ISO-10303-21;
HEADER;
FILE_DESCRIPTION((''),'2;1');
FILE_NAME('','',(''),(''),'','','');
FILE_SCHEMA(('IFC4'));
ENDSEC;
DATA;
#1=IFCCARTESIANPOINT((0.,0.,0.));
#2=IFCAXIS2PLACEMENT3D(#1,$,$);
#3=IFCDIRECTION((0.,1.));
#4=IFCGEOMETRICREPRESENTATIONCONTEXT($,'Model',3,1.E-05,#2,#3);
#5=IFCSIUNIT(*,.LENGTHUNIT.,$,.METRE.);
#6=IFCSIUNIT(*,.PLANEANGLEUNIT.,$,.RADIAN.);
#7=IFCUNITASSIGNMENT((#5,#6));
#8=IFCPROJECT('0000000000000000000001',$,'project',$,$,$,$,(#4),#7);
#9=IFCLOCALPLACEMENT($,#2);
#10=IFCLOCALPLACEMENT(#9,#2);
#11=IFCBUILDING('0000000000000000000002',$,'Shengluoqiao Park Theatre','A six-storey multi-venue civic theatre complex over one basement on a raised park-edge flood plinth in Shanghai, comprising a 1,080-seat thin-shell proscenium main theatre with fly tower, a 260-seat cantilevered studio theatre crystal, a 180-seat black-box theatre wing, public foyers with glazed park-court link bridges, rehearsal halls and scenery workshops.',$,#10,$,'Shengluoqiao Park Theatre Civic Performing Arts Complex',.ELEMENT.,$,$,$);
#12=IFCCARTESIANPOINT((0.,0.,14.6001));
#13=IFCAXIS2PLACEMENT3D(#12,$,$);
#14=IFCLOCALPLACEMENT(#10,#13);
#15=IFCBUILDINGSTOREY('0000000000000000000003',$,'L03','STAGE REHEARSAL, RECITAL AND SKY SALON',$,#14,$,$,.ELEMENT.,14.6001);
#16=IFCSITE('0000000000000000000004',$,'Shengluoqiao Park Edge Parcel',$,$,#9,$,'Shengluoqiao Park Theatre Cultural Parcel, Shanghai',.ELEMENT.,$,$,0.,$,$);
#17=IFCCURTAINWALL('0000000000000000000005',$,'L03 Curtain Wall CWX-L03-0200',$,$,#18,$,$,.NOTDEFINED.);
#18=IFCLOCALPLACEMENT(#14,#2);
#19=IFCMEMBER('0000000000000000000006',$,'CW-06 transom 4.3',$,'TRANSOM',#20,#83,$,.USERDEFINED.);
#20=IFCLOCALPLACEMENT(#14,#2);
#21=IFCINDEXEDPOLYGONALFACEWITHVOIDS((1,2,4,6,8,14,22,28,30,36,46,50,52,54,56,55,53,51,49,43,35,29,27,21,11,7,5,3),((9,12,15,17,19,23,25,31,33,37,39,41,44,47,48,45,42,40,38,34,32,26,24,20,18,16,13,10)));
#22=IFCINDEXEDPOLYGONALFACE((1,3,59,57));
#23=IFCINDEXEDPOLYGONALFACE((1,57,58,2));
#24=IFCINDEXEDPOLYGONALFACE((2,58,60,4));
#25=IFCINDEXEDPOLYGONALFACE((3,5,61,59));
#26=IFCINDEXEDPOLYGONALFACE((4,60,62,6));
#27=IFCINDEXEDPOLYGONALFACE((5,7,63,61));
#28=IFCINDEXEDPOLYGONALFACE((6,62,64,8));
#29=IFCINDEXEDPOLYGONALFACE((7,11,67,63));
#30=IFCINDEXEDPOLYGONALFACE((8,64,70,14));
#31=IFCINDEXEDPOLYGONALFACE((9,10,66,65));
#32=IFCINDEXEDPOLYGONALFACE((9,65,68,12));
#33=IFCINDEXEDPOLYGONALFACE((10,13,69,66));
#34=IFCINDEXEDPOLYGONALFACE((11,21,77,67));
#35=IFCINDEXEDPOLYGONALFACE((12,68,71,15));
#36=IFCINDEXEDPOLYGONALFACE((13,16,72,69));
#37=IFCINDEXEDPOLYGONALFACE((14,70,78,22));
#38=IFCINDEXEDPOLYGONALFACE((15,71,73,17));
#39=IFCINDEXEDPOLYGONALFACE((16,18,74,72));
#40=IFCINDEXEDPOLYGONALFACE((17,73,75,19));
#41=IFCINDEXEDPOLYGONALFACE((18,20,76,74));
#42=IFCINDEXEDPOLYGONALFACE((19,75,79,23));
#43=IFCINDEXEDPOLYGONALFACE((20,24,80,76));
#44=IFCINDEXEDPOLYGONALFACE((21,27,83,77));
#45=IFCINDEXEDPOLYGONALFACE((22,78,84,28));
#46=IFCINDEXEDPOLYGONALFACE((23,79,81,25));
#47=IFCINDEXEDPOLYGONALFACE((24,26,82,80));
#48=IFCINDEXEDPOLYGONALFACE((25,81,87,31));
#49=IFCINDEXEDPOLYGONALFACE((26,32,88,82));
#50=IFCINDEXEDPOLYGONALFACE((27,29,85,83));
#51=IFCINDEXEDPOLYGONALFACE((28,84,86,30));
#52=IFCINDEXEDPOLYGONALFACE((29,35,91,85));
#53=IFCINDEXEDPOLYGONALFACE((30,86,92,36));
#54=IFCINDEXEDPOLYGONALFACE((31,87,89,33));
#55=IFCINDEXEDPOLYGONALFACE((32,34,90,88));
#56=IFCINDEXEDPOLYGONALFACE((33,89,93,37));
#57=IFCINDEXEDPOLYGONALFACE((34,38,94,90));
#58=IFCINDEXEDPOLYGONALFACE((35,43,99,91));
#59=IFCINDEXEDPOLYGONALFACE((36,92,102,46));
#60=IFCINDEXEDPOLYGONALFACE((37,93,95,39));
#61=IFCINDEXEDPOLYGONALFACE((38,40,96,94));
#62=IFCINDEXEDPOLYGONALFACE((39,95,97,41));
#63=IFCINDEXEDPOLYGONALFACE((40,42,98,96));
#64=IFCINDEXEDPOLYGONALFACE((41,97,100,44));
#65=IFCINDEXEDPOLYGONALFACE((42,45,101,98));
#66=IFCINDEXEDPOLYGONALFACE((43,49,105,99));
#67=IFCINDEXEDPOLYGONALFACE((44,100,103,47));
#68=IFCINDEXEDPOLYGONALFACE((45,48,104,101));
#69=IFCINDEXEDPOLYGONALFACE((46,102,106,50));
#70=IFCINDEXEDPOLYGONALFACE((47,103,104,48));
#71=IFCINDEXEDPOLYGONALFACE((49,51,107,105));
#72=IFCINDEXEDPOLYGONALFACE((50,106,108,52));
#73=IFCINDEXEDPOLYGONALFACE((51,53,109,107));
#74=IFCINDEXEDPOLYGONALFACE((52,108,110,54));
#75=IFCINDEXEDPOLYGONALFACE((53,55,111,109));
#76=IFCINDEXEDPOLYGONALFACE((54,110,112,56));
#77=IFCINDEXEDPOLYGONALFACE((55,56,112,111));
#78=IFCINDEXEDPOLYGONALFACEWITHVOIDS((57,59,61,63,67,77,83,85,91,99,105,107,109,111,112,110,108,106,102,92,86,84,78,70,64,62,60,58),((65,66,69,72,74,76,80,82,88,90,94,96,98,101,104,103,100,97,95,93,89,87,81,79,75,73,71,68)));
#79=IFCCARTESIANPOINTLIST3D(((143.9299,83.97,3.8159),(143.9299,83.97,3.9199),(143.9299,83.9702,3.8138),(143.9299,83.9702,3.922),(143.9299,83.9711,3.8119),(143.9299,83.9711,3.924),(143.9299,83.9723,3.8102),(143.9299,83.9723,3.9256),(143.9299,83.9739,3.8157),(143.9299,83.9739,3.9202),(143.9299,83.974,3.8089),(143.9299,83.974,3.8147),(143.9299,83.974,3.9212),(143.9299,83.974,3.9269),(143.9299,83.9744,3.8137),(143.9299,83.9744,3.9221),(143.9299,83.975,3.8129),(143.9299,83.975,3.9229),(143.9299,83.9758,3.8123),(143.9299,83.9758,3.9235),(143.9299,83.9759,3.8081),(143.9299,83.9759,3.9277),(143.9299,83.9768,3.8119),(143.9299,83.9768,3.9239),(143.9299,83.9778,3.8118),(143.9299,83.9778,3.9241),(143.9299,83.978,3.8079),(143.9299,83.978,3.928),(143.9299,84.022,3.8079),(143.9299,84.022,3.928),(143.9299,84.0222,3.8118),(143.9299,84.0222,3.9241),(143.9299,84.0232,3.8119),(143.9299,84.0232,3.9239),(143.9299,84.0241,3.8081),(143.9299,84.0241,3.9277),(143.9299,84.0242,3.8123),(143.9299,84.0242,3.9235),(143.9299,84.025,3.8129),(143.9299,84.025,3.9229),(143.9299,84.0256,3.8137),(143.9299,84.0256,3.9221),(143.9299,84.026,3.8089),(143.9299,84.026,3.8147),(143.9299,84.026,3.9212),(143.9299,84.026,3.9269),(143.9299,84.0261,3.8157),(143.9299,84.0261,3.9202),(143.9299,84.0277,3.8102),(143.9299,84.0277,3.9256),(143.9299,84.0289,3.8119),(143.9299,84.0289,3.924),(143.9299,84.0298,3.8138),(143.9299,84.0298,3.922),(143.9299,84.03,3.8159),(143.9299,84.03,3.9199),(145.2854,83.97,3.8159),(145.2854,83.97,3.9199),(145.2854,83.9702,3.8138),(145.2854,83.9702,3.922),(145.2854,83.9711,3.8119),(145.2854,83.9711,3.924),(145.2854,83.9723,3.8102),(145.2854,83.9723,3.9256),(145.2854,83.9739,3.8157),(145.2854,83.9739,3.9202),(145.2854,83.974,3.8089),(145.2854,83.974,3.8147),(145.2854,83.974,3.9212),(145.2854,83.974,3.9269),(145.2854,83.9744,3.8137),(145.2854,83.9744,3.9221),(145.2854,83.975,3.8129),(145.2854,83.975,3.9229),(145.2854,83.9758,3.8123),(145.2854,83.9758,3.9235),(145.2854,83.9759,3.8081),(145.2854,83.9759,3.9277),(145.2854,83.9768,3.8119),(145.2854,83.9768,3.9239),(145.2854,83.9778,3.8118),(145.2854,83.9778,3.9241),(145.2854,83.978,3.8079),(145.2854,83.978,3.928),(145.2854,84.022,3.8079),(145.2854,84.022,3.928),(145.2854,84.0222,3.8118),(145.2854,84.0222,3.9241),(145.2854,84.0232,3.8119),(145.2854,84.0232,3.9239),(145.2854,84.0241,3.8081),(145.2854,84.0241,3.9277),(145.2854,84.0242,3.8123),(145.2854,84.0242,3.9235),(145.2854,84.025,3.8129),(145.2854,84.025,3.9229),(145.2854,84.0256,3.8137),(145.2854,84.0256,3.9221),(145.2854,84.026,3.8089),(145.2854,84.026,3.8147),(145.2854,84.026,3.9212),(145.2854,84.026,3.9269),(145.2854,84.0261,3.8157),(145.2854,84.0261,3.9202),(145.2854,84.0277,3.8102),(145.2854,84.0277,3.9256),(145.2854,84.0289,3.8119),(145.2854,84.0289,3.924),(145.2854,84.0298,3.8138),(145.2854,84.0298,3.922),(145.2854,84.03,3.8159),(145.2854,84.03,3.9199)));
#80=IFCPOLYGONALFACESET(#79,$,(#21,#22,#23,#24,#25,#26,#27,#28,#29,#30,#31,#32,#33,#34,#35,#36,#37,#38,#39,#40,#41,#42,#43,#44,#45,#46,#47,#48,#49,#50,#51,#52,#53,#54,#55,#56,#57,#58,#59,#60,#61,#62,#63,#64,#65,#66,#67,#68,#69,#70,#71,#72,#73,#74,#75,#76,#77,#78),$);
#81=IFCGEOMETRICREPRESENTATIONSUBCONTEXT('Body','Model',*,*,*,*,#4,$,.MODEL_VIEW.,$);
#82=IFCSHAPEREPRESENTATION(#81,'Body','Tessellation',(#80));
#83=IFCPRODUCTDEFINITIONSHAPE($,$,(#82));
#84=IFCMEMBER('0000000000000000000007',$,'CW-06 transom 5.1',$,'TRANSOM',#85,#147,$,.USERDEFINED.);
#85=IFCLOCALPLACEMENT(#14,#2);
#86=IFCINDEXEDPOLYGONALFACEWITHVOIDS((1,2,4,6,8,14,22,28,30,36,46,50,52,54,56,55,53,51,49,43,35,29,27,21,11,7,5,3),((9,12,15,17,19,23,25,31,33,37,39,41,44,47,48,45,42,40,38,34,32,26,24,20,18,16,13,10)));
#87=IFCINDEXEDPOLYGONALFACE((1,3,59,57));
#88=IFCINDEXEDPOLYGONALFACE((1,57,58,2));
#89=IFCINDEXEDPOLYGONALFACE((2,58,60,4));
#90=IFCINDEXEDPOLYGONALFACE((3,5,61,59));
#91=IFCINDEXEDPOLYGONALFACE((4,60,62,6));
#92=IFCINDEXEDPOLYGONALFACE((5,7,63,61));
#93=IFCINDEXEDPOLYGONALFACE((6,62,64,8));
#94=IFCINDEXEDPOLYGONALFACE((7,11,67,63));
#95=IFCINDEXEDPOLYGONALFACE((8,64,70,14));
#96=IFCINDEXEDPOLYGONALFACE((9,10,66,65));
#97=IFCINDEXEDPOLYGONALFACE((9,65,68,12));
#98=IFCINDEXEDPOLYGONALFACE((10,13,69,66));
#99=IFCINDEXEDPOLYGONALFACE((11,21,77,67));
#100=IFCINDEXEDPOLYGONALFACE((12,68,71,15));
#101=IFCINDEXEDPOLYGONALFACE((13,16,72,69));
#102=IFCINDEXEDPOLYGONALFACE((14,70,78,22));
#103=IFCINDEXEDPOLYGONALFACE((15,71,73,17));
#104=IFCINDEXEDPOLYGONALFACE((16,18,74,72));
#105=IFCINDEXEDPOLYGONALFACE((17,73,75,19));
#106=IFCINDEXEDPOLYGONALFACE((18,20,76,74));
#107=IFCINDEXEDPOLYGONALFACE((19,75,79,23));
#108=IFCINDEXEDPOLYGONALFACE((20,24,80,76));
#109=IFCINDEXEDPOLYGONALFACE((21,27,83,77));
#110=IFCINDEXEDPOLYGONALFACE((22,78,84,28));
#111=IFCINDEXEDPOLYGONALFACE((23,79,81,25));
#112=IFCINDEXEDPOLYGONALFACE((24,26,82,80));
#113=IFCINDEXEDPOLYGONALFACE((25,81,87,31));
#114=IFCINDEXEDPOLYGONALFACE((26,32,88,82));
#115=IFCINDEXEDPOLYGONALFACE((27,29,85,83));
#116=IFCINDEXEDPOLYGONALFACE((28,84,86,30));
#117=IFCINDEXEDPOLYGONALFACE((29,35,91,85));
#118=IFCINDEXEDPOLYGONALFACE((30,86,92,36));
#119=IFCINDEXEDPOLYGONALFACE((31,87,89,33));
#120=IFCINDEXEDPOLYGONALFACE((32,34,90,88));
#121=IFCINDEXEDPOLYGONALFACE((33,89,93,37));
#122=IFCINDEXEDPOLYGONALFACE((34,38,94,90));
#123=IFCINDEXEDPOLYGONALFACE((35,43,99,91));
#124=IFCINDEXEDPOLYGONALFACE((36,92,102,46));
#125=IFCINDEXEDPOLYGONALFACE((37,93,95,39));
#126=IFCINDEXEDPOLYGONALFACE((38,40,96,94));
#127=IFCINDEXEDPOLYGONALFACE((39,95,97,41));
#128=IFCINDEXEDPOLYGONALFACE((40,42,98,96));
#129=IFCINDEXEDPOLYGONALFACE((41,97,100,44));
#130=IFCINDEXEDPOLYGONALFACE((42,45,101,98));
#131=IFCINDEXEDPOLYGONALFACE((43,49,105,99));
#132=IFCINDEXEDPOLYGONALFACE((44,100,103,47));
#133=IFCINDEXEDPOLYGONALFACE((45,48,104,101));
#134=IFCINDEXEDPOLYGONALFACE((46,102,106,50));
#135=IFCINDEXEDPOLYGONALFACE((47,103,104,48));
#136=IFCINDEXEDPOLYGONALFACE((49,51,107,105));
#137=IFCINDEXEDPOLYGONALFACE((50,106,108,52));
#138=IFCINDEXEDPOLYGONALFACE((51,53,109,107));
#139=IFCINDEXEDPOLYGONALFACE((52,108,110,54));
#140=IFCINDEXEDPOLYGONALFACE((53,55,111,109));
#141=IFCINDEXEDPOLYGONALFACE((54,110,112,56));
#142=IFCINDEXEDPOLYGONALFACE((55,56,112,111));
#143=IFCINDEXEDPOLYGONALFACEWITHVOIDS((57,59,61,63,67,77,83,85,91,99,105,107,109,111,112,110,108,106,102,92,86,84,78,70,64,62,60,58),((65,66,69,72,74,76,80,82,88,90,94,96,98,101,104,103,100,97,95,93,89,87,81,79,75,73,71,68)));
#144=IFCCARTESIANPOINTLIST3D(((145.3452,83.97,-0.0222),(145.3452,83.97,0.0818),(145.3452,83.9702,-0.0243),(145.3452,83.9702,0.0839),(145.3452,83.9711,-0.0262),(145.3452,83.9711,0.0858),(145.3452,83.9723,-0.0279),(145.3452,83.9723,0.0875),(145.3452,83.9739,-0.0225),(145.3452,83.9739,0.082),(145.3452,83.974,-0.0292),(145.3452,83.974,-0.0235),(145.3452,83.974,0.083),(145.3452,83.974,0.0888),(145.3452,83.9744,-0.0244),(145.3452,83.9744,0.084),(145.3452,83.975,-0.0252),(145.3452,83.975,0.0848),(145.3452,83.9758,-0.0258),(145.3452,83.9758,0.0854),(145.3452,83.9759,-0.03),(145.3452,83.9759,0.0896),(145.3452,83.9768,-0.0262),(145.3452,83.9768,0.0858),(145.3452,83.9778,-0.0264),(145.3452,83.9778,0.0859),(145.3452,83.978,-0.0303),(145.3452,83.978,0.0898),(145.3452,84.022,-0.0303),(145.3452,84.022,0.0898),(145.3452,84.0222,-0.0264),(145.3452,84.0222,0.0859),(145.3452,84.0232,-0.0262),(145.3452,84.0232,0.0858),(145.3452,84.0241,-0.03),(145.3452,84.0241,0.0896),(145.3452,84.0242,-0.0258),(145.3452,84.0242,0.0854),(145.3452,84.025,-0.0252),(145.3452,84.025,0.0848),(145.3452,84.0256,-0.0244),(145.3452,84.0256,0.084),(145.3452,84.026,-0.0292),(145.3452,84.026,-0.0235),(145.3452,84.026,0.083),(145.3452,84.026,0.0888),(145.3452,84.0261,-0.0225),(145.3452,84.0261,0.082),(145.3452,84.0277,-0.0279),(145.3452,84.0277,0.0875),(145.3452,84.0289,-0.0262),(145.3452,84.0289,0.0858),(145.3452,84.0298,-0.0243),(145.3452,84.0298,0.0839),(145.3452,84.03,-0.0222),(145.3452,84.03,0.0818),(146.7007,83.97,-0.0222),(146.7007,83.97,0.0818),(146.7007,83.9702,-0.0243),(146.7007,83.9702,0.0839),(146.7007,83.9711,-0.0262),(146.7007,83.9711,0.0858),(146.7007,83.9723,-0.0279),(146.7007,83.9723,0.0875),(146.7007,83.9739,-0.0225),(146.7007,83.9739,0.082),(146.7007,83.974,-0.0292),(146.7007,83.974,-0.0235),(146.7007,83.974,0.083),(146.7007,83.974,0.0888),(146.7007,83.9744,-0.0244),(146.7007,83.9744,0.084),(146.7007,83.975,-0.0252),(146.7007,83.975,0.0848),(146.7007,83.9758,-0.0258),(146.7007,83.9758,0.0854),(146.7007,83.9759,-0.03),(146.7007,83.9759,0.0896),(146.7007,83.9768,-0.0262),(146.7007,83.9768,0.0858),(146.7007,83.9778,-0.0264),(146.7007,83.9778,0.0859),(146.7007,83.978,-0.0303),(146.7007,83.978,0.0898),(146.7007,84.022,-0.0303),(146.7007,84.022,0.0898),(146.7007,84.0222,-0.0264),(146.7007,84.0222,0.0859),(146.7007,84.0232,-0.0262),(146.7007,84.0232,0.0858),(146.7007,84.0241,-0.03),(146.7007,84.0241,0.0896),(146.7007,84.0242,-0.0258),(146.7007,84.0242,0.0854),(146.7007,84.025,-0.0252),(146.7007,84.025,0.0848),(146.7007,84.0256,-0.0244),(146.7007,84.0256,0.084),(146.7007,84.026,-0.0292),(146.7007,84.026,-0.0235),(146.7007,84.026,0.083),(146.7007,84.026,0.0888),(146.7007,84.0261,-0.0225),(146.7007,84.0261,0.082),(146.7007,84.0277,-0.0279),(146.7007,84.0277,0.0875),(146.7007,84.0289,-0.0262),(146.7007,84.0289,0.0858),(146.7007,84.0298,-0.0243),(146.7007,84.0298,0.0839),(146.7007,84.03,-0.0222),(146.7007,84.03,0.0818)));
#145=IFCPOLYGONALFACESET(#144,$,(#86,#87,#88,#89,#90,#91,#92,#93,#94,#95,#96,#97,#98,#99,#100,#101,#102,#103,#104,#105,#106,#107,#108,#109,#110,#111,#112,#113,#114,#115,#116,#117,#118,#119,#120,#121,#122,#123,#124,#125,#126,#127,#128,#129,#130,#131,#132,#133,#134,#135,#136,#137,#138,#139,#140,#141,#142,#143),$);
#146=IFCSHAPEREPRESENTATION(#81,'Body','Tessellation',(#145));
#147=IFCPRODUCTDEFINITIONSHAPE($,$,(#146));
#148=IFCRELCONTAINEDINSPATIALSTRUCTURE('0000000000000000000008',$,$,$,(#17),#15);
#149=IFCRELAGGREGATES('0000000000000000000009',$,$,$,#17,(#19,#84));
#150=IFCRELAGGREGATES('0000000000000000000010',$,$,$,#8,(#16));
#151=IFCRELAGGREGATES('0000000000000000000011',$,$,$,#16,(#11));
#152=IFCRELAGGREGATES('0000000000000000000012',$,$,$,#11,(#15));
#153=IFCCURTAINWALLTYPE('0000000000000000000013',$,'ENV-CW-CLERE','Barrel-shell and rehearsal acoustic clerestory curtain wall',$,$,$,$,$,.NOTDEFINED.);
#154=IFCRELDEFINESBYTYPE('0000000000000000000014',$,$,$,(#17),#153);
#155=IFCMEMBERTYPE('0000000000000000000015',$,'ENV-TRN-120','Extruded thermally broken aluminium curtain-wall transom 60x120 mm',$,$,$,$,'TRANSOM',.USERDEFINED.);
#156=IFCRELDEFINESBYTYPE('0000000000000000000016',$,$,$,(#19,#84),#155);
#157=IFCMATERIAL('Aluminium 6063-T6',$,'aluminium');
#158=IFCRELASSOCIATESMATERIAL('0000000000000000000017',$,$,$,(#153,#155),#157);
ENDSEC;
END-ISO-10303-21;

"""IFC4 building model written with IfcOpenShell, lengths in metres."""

from ifc_helpers import new_model, si_unit, direction, frame, origin, origin_2d, place, context, subcontext, project, spatial, hollow_rectangle, extrude, material, material_profile, profile_set, type_object, element, aggregate, save


model = new_model("IFC4")

# Units and contexts
model_context = context("Model", 3, precision=1e-05, world=origin(), true_north=direction((0.0, 1.0)))
body_context = subcontext(model_context, "Body", "Model", "MODEL_VIEW")
ifc_project = project(units=[si_unit("LENGTHUNIT", "METRE"), si_unit("PLANEANGLEUNIT", "RADIAN")], contexts=[model_context])

# Site, building, storey
site_placement = place(None, origin())
site = spatial("IfcSite", under=ifc_project, at=site_placement, Name="Shengluoqiao Park Edge Parcel", LongName="Shengluoqiao Park Theatre Cultural Parcel, Shanghai", CompositionType="ELEMENT", RefElevation=0.0)
building_placement = place(site_placement, origin())
building = spatial("IfcBuilding", under=site, at=building_placement, Name="Shengluoqiao Park Theatre", Description="A six-storey multi-venue civic theatre complex over one basement on a raised park-edge flood plinth in Shanghai, comprising a 1,080-seat thin-shell proscenium main theatre with fly tower, a 260-seat cantilevered studio theatre crystal, a 180-seat black-box theatre wing, public foyers with glazed park-court link bridges, rehearsal halls and scenery workshops.", LongName="Shengluoqiao Park Theatre Civic Performing Arts Complex", CompositionType="ELEMENT")
storey_placement = place(building_placement, frame((0.0, 0.0, 14.6001)))
storey = spatial("IfcBuildingStorey", under=building, at=storey_placement, Name="L03", Description="STAGE REHEARSAL, RECITAL AND SKY SALON", CompositionType="ELEMENT", Elevation=14.6001)

# Curtain wall, members
ifc_material_1 = material(Name="Aluminium 6063-T6", Category="aluminium")
curtain_wall_type = type_object("IfcCurtainWallType", Name="ENV-CW-CLERE", Description="Barrel-shell and rehearsal acoustic clerestory curtain wall", PredefinedType="NOTDEFINED", material=ifc_material_1)
curtain_wall_placement = place(storey_placement, origin())
curtain_wall = element("IfcCurtainWall", 1, at=curtain_wall_placement, inside=storey, type_object=curtain_wall_type, Name="L03 Curtain Wall CWX-L03-0200", PredefinedType="NOTDEFINED")
ifc_material_profile_1 = material_profile(ifc_material_1, hollow_rectangle(XDim=0.0601, YDim=0.1201, WallThickness=0.0039, InnerFilletRadius=0.0039, OuterFilletRadius=0.0081, at=origin_2d()), Name="ALU TRANSOM 120x60x4")
ifc_profile_set_1 = profile_set([ifc_material_profile_1], Name="Aluminium 6063-T6")
member_type_1 = type_object("IfcMemberType", Name="ENV-TRN-120", Description="Extruded thermally broken aluminium curtain-wall transom 60x120 mm", ElementType="TRANSOM", PredefinedType="USERDEFINED", material=ifc_profile_set_1)
member_1_placement = place(storey_placement, frame((143.9299, 84.0, 3.8679), z_axis=(1.0, 0.0, 0.0), x_axis=(0.0, 1.0, 0.0)))
member_1 = element("IfcMember", 2, at=member_1_placement, type_object=member_type_1, Name="CW-06 transom 4.3", ObjectType="TRANSOM", PredefinedType="USERDEFINED", context=body_context, shape_type="SweptSolid", body=[
    extrude(hollow_rectangle(XDim=0.0601, YDim=0.1201, WallThickness=0.0039, InnerFilletRadius=0.0039, OuterFilletRadius=0.0081, at=origin_2d()), origin(), (0.0, 0.0, 1.0), 1.3555),
])
member_2_placement = place(storey_placement, frame((145.3452, 84.0, 0.0298), z_axis=(1.0, 0.0, 0.0), x_axis=(0.0, 1.0, 0.0)))
member_2 = element("IfcMember", 3, at=member_2_placement, type_object=member_type_1, Name="CW-06 transom 5.1", ObjectType="TRANSOM", PredefinedType="USERDEFINED", context=body_context, shape_type="SweptSolid", body=[
    extrude(hollow_rectangle(XDim=0.0601, YDim=0.1201, WallThickness=0.0039, InnerFilletRadius=0.0039, OuterFilletRadius=0.0081, at=origin_2d()), origin(), (0.0, 0.0, 1.0), 1.3555),
])
aggregate(curtain_wall, [member_1, member_2])

save(model, "model.ifc")
